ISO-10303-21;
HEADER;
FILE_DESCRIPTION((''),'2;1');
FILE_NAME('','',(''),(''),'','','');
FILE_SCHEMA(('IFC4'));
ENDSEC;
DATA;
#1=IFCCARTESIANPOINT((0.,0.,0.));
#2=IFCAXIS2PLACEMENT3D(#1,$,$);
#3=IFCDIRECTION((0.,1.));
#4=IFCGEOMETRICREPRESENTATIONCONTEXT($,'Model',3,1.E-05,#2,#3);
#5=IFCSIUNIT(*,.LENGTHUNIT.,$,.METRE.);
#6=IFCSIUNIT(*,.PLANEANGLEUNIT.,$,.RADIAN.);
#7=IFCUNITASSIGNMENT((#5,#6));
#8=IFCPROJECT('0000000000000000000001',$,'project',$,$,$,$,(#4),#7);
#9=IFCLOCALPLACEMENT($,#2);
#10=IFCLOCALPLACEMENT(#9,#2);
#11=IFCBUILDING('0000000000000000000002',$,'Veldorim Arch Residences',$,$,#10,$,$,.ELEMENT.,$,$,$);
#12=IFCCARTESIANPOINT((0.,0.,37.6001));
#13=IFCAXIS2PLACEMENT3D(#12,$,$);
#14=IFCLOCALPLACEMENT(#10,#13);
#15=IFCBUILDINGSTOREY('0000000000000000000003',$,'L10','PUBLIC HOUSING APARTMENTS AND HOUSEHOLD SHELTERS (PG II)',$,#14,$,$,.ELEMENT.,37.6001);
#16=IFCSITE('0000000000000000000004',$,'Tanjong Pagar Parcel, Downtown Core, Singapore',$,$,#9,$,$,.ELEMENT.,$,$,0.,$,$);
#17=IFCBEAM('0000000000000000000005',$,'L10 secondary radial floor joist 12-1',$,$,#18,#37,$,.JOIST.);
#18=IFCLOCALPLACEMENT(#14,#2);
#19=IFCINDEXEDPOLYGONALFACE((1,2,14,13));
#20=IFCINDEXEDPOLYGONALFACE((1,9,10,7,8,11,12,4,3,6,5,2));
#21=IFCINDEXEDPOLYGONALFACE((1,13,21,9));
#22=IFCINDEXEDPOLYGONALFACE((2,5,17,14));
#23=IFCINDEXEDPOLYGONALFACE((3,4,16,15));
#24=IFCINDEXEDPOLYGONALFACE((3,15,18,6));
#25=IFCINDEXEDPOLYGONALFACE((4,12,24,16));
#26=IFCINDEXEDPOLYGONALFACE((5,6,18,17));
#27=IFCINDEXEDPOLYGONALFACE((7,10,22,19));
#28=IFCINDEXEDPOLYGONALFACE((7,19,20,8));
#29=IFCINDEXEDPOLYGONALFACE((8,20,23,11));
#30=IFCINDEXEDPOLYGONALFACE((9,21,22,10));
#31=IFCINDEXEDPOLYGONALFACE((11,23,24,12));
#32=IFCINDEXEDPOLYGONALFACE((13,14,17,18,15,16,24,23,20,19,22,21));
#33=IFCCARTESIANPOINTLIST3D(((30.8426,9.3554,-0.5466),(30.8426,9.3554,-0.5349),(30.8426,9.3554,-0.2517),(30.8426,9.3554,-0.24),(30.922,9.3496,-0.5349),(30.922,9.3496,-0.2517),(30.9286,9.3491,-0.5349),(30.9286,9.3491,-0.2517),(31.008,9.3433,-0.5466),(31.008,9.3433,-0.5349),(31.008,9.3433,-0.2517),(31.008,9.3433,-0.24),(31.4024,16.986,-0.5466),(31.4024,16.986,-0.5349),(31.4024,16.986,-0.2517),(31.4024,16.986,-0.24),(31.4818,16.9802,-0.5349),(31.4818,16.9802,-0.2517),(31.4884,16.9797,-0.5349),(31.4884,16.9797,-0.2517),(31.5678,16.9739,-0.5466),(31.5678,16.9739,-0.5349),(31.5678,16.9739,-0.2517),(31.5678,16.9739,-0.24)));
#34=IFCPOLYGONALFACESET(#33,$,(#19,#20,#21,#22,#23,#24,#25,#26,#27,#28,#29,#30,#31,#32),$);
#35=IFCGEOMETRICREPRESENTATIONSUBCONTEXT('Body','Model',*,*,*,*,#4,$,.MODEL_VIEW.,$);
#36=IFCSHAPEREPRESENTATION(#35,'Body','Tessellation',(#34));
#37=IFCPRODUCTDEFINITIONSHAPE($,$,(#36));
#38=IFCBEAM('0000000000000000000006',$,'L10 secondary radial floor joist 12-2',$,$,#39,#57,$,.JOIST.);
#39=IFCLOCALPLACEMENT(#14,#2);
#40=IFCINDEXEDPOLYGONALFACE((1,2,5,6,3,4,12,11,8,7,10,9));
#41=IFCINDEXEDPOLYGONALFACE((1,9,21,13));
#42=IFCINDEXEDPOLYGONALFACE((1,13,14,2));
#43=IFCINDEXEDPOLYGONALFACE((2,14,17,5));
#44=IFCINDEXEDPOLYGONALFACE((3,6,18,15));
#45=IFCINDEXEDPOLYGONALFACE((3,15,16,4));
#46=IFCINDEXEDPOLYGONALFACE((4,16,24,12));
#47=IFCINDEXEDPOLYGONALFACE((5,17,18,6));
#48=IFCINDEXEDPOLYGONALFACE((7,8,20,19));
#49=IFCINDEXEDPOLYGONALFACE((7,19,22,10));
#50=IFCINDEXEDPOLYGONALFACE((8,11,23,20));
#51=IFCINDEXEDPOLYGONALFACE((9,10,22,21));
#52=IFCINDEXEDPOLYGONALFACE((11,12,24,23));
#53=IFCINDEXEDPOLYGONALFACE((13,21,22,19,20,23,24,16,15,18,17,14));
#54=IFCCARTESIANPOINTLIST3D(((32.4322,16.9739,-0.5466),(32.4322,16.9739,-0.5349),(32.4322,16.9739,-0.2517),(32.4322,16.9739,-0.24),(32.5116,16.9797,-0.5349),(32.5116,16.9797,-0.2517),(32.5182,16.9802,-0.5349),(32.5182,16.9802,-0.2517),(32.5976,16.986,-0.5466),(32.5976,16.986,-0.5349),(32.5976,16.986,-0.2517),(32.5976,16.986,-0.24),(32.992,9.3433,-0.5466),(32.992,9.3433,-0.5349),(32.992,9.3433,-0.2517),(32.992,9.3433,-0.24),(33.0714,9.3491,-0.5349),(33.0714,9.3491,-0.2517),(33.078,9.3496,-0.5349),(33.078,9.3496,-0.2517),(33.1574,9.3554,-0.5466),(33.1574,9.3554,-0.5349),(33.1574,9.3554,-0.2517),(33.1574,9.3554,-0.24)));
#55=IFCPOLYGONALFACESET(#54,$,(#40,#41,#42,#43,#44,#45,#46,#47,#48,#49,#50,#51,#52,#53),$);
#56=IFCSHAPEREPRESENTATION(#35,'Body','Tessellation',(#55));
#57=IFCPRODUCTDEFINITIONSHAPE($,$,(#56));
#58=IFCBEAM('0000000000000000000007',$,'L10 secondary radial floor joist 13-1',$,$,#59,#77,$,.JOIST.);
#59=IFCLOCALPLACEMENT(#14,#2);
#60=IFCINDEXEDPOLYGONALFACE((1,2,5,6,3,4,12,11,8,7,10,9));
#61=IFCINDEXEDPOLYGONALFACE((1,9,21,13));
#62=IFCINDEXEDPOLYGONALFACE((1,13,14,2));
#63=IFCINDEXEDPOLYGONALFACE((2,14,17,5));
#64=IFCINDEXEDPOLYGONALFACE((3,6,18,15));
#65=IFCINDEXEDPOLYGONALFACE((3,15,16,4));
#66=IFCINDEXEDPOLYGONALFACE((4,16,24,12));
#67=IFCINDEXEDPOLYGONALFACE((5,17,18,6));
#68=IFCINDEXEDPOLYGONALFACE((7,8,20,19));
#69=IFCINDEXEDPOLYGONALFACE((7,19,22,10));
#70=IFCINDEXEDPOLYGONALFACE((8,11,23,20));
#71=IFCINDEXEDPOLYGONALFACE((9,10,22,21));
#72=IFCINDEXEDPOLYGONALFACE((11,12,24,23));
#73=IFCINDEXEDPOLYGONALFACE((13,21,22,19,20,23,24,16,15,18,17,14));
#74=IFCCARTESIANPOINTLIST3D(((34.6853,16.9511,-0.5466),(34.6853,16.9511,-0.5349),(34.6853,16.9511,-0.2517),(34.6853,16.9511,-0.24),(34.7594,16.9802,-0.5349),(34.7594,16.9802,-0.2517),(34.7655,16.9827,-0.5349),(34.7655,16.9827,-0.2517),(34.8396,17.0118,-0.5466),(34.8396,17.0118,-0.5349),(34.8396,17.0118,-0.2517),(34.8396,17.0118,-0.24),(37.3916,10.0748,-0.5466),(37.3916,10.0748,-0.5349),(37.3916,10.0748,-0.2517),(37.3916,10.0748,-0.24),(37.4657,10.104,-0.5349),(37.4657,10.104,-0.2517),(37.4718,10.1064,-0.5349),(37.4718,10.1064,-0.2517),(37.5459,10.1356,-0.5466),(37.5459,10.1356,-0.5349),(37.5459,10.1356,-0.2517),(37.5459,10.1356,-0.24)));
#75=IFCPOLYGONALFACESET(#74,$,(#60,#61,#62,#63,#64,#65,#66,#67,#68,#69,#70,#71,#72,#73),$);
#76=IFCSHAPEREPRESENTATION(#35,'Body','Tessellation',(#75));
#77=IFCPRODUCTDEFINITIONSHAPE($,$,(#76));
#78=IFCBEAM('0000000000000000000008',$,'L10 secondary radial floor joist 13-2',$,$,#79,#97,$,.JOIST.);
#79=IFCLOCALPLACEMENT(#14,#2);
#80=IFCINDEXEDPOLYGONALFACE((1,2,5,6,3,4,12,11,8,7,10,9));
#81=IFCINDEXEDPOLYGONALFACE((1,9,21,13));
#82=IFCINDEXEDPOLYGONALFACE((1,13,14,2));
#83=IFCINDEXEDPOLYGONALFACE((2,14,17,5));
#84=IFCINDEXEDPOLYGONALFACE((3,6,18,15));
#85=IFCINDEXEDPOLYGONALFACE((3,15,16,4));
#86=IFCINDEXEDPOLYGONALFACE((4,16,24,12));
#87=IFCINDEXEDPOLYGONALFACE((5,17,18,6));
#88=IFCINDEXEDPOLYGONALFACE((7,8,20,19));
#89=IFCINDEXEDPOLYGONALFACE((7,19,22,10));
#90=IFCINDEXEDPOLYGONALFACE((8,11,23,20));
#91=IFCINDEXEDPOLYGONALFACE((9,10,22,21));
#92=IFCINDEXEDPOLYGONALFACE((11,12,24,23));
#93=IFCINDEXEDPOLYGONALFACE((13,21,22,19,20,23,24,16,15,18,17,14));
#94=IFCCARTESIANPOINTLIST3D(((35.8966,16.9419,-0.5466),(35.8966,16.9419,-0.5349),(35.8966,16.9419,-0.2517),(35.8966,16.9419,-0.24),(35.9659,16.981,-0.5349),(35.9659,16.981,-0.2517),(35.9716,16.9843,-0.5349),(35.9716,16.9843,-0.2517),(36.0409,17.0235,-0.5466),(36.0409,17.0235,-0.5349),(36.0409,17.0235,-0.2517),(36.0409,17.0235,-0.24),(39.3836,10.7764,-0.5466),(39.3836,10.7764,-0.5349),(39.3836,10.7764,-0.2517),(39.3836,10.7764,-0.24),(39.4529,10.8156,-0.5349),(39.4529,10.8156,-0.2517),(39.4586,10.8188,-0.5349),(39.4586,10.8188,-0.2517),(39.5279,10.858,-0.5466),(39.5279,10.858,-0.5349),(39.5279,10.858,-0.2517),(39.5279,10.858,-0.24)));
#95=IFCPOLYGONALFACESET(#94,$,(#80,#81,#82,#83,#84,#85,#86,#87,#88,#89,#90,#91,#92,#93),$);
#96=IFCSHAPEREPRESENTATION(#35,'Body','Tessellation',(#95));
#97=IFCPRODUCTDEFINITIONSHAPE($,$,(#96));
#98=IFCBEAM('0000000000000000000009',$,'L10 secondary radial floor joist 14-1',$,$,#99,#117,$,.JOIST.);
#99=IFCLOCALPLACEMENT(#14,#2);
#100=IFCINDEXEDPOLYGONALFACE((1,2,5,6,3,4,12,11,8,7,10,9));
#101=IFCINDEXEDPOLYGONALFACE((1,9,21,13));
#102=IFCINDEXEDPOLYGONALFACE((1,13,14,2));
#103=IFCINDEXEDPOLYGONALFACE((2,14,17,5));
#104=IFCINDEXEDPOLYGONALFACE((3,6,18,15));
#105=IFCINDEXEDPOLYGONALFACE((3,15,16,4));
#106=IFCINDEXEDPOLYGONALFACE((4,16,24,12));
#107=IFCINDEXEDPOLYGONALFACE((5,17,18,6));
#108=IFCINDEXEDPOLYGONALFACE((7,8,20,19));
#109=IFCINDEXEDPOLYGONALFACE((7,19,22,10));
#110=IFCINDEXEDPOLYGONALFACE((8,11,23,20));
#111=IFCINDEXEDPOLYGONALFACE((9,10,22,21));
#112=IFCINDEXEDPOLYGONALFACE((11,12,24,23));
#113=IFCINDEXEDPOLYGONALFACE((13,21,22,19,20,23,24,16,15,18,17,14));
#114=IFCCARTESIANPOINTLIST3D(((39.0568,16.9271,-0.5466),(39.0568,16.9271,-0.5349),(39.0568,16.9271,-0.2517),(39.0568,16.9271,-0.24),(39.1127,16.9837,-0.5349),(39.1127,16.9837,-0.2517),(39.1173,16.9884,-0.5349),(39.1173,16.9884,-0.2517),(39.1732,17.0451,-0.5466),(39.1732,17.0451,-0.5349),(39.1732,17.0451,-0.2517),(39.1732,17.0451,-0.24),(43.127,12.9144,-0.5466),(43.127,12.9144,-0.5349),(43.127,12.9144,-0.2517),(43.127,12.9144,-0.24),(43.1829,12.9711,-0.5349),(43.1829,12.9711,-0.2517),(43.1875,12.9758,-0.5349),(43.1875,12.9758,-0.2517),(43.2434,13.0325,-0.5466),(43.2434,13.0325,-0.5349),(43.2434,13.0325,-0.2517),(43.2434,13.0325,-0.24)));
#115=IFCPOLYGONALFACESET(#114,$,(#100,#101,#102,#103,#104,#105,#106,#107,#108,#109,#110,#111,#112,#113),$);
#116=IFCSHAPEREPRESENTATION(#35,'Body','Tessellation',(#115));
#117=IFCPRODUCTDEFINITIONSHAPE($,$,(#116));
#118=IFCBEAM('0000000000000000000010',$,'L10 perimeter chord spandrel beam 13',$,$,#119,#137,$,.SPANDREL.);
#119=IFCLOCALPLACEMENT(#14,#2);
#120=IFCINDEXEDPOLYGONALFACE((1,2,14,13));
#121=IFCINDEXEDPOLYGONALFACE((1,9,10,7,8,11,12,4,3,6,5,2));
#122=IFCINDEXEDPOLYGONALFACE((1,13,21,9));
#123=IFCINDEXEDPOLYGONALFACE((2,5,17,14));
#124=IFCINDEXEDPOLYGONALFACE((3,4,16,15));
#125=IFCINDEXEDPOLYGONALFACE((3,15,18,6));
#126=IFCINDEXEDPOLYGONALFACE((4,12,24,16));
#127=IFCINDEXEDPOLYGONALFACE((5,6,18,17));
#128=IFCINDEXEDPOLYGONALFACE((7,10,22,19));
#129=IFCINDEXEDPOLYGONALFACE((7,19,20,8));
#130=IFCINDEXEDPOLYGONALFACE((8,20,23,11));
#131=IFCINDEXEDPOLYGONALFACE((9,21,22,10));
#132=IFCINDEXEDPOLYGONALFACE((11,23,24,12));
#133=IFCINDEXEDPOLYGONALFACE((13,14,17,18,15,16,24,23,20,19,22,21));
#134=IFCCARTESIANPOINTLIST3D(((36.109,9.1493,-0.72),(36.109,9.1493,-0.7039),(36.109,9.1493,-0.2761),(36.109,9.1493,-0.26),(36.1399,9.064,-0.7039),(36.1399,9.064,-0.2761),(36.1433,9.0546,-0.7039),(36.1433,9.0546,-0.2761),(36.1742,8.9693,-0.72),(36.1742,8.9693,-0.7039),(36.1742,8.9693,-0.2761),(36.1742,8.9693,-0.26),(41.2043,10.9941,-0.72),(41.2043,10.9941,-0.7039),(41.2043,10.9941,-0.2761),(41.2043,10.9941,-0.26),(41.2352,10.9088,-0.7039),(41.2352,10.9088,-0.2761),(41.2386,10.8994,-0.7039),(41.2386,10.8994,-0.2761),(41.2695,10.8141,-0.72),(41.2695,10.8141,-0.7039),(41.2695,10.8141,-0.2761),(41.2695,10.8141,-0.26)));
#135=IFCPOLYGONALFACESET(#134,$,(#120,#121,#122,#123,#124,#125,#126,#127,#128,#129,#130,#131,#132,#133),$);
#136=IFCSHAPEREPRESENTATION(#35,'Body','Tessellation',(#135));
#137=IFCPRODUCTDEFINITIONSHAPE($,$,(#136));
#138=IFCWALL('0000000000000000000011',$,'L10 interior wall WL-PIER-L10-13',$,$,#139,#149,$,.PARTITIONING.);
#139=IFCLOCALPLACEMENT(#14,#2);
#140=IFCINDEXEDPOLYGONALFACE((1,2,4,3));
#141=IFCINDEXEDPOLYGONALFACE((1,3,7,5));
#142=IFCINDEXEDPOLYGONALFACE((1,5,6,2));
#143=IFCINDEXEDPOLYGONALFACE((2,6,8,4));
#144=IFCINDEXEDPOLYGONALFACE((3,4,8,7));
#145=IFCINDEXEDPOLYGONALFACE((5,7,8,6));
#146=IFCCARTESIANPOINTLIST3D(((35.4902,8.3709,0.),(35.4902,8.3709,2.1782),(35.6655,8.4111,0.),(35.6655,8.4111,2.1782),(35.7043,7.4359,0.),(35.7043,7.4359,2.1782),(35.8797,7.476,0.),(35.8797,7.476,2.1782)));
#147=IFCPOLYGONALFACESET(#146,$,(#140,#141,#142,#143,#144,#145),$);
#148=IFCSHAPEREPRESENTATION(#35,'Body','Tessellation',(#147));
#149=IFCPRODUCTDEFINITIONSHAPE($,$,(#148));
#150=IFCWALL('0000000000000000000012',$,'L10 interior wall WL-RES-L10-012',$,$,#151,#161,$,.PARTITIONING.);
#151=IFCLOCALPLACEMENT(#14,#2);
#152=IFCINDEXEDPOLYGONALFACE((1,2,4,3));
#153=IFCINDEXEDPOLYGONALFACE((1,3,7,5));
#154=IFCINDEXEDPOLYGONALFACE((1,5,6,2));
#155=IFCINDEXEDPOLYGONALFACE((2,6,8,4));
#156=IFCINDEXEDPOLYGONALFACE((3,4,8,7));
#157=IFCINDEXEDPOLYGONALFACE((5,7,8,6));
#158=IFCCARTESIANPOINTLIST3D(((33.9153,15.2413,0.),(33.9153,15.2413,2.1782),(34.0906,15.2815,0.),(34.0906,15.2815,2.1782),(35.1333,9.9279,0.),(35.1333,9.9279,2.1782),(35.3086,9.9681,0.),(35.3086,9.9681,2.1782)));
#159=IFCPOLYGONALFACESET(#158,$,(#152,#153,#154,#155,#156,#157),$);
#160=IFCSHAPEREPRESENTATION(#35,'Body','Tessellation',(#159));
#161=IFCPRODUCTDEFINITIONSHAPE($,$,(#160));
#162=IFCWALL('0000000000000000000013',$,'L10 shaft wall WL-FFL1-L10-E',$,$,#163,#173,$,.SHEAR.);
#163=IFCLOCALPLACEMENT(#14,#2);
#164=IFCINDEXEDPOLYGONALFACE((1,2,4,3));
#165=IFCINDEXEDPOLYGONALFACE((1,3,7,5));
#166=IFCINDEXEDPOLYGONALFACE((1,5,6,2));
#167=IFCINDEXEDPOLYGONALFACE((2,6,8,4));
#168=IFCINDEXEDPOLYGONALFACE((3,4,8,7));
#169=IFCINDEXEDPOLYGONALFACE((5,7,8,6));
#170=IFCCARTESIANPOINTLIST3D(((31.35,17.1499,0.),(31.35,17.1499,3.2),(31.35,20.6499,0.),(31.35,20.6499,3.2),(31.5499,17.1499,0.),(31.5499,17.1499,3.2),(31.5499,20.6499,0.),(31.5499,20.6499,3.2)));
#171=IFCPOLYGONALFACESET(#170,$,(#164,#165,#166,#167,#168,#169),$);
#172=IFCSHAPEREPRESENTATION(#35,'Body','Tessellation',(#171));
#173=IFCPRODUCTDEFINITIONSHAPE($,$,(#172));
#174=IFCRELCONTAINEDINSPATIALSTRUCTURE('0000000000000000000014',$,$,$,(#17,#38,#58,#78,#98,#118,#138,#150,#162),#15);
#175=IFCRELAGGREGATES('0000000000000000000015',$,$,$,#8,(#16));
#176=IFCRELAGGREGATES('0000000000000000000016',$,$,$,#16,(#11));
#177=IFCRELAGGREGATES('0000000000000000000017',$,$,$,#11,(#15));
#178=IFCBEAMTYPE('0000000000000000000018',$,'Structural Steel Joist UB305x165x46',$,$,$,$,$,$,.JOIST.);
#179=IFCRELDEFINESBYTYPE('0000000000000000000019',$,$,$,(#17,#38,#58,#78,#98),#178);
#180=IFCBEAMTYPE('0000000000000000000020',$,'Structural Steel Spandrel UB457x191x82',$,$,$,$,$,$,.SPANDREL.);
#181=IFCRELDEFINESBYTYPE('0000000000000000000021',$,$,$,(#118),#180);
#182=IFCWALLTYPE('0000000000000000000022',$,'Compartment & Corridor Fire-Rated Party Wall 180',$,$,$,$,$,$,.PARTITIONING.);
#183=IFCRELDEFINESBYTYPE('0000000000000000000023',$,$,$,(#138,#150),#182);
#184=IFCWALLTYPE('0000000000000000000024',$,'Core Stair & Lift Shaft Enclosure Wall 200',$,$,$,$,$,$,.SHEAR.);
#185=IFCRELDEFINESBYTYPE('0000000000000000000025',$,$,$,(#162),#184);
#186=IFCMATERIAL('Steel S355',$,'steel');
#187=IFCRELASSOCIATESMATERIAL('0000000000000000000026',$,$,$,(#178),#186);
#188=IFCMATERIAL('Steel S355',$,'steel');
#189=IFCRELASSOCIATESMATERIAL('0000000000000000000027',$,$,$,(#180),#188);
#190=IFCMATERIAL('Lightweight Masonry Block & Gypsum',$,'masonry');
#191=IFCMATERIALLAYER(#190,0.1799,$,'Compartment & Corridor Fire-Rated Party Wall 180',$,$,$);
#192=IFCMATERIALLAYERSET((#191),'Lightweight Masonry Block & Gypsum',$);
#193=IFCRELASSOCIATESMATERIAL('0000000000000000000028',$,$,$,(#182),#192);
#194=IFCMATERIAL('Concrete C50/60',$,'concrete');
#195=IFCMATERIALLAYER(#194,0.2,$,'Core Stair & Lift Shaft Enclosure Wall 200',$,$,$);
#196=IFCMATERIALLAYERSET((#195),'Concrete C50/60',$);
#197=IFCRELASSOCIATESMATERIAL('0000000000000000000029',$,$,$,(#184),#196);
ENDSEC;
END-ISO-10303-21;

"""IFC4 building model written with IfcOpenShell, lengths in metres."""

from ifc_helpers import new_model, si_unit, direction, frame, frame_2d, origin, origin_2d, place, context, subcontext, project, spatial, rectangle, i_section, extrude, material, layer, layer_set, material_profile, profile_set, type_object, element, save


model = new_model("IFC4")

# Units and contexts
model_context = context("Model", 3, precision=1e-05, world=origin(), true_north=direction((0.0, 1.0)))
body_context = subcontext(model_context, "Body", "Model", "MODEL_VIEW")
ifc_project = project(units=[si_unit("LENGTHUNIT", "METRE"), si_unit("PLANEANGLEUNIT", "RADIAN")], contexts=[model_context])

# Site, building, storey
site_placement = place(None, origin())
site = spatial("IfcSite", under=ifc_project, at=site_placement, Name="Tanjong Pagar Parcel, Downtown Core, Singapore", CompositionType="ELEMENT", RefElevation=0.0)
building_placement = place(site_placement, origin())
building = spatial("IfcBuilding", under=site, at=building_placement, Name="Veldorim Arch Residences", CompositionType="ELEMENT")
storey_placement = place(building_placement, frame((0.0, 0.0, 37.6001)))
storey = spatial("IfcBuildingStorey", under=building, at=storey_placement, Name="L10", Description="PUBLIC HOUSING APARTMENTS AND HOUSEHOLD SHELTERS (PG II)", CompositionType="ELEMENT", Elevation=37.6001)

# Beams
ifc_material_1 = material(Name="Steel S355", Category="steel")
ifc_material_profile_1 = material_profile(ifc_material_1, i_section(OverallWidth=0.1658, OverallDepth=0.3066, WebThickness=0.0066, FlangeThickness=0.0117, at=origin_2d()), Name="UB305x165x46")
ifc_profile_set_1 = profile_set([ifc_material_profile_1], Name="Steel S355")
beam_type_1 = type_object("IfcBeamType", Name="Structural Steel Joist UB305x165x46", PredefinedType="JOIST", material=ifc_profile_set_1)
for number, where, z_axis, x_axis, name in (
    (1, (31.4851, 16.98, -0.3933), (-0.073168, -0.99732, 0.0), (0.99732, -0.073168, 0.0), "L10 secondary radial floor joist 12-1"),
    (2, (32.5149, 16.98, -0.3933), (0.073168, -0.99732, 0.0), (0.99732, 0.073168, 0.0), "L10 secondary radial floor joist 12-2"),
):
    element("IfcBeam", number, at=place(storey_placement, frame(where, z_axis=z_axis, x_axis=x_axis)), inside=storey, type_object=beam_type_1, Name=name, PredefinedType="JOIST", context=body_context, shape_type="SweptSolid", body=[
        extrude(i_section(OverallWidth=0.1658, OverallDepth=0.3066, WebThickness=0.0066, FlangeThickness=0.0117, at=origin_2d()), origin(), (0.0, 0.0, 1.0), 7.6511),
    ])
beam_1_placement = place(storey_placement, frame((34.7625, 16.9814, -0.3933), z_axis=(0.36623, -0.930524, 0.0), x_axis=(0.930524, 0.36623, 0.0)))
element("IfcBeam", 3, at=beam_1_placement, inside=storey, type_object=beam_type_1, Name="L10 secondary radial floor joist 13-1", PredefinedType="JOIST", context=body_context, shape_type="SweptSolid", body=[
    extrude(i_section(OverallWidth=0.1658, OverallDepth=0.3066, WebThickness=0.0066, FlangeThickness=0.0117, at=origin_2d()), origin(), (0.0, 0.0, 1.0), 7.3896),
])
beam_2_placement = place(storey_placement, frame((35.9688, 16.9827, -0.3933), z_axis=(0.492292, -0.87043, 0.0), x_axis=(0.87043, 0.492292, 0.0)))
element("IfcBeam", 4, at=beam_2_placement, inside=storey, type_object=beam_type_1, Name="L10 secondary radial floor joist 13-2", PredefinedType="JOIST", context=body_context, shape_type="SweptSolid", body=[
    extrude(i_section(OverallWidth=0.1658, OverallDepth=0.3066, WebThickness=0.0066, FlangeThickness=0.0117, at=origin_2d()), origin(), (0.0, 0.0, 1.0), 7.0833),
])
beam_3_placement = place(storey_placement, frame((39.115, 16.9861, -0.3933), z_axis=(0.712129, -0.702049, 0.0), x_axis=(0.702049, 0.712129, 0.0)))
element("IfcBeam", 5, at=beam_3_placement, inside=storey, type_object=beam_type_1, Name="L10 secondary radial floor joist 14-1", PredefinedType="JOIST", context=body_context, shape_type="SweptSolid", body=[
    extrude(i_section(OverallWidth=0.1658, OverallDepth=0.3066, WebThickness=0.0066, FlangeThickness=0.0117, at=origin_2d()), origin(), (0.0, 0.0, 1.0), 5.7156),
])
ifc_material_2 = material(Name="Steel S355", Category="steel")
ifc_material_profile_2 = material_profile(ifc_material_2, i_section(OverallWidth=0.1914, OverallDepth=0.46, WebThickness=0.01, FlangeThickness=0.0161, at=origin_2d()), Name="UB457x191x82")
ifc_profile_set_2 = profile_set([ifc_material_profile_2], Name="Steel S355")
beam_type_2 = type_object("IfcBeamType", Name="Structural Steel Spandrel UB457x191x82", PredefinedType="SPANDREL", material=ifc_profile_set_2)
beam_4_placement = place(storey_placement, frame((36.1416, 9.0593, -0.49), z_axis=(0.940271, 0.340426, 0.0), x_axis=(-0.340426, 0.940271, 0.0)))
element("IfcBeam", 6, at=beam_4_placement, inside=storey, type_object=beam_type_2, Name="L10 perimeter chord spandrel beam 13", PredefinedType="SPANDREL", context=body_context, shape_type="SweptSolid", body=[
    extrude(i_section(OverallWidth=0.1914, OverallDepth=0.46, WebThickness=0.01, FlangeThickness=0.0161, at=origin_2d()), origin(), (0.0, 0.0, 1.0), 5.4189),
])

# Walls
ifc_material_3 = material(Name="Lightweight Masonry Block & Gypsum", Category="masonry")
ifc_layer_1 = layer(ifc_material_3, 0.1799, Name="Compartment & Corridor Fire-Rated Party Wall 180")
ifc_layer_set_1 = layer_set([ifc_layer_1], Name="Lightweight Masonry Block & Gypsum")
wall_type_1 = type_object("IfcWallType", Name="Compartment & Corridor Fire-Rated Party Wall 180", PredefinedType="PARTITIONING", material=ifc_layer_set_1)
wall_1_placement = place(storey_placement, frame((35.5779, 8.3909, 0.0), z_axis=(0.0, 0.0, 1.0), x_axis=(0.223205, -0.974772, 0.0)))
element("IfcWall", 7, at=wall_1_placement, inside=storey, type_object=wall_type_1, Name="L10 interior wall WL-PIER-L10-13", PredefinedType="PARTITIONING", context=body_context, shape_type="SweptSolid", body=[
    extrude(rectangle(XDim=0.9592, YDim=0.1799, at=frame_2d((0.4795, 0.0))), origin(), (0.0, 0.0, 1.0), 2.1782),
])
wall_2_placement = place(storey_placement, frame((35.2209, 9.948, 0.0), z_axis=(0.0, 0.0, 1.0), x_axis=(-0.223436, 0.974719, 0.0)))
element("IfcWall", 8, at=wall_2_placement, inside=storey, type_object=wall_type_1, Name="L10 interior wall WL-RES-L10-012", PredefinedType="PARTITIONING", context=body_context, shape_type="SweptSolid", body=[
    extrude(rectangle(XDim=5.4512, YDim=0.1799, at=frame_2d((2.7256, 0.0))), origin(), (0.0, 0.0, 1.0), 2.1782),
])
ifc_material_4 = material(Name="Concrete C50/60", Category="concrete")
ifc_layer_2 = layer(ifc_material_4, 0.2, Name="Core Stair & Lift Shaft Enclosure Wall 200")
ifc_layer_set_2 = layer_set([ifc_layer_2], Name="Concrete C50/60")
wall_type_2 = type_object("IfcWallType", Name="Core Stair & Lift Shaft Enclosure Wall 200", PredefinedType="SHEAR", material=ifc_layer_set_2)
wall_3_placement = place(storey_placement, frame((31.45, 17.1499, 0.0), z_axis=(0.0, 0.0, 1.0), x_axis=(0.0, 1.0, 0.0)))
element("IfcWall", 9, at=wall_3_placement, inside=storey, type_object=wall_type_2, Name="L10 shaft wall WL-FFL1-L10-E", PredefinedType="SHEAR", context=body_context, shape_type="SweptSolid", body=[
    extrude(rectangle(XDim=3.5, YDim=0.2, at=frame_2d((1.75, 0.0))), origin(), (0.0, 0.0, 1.0), 3.2),
])

save(model, "model.ifc")
